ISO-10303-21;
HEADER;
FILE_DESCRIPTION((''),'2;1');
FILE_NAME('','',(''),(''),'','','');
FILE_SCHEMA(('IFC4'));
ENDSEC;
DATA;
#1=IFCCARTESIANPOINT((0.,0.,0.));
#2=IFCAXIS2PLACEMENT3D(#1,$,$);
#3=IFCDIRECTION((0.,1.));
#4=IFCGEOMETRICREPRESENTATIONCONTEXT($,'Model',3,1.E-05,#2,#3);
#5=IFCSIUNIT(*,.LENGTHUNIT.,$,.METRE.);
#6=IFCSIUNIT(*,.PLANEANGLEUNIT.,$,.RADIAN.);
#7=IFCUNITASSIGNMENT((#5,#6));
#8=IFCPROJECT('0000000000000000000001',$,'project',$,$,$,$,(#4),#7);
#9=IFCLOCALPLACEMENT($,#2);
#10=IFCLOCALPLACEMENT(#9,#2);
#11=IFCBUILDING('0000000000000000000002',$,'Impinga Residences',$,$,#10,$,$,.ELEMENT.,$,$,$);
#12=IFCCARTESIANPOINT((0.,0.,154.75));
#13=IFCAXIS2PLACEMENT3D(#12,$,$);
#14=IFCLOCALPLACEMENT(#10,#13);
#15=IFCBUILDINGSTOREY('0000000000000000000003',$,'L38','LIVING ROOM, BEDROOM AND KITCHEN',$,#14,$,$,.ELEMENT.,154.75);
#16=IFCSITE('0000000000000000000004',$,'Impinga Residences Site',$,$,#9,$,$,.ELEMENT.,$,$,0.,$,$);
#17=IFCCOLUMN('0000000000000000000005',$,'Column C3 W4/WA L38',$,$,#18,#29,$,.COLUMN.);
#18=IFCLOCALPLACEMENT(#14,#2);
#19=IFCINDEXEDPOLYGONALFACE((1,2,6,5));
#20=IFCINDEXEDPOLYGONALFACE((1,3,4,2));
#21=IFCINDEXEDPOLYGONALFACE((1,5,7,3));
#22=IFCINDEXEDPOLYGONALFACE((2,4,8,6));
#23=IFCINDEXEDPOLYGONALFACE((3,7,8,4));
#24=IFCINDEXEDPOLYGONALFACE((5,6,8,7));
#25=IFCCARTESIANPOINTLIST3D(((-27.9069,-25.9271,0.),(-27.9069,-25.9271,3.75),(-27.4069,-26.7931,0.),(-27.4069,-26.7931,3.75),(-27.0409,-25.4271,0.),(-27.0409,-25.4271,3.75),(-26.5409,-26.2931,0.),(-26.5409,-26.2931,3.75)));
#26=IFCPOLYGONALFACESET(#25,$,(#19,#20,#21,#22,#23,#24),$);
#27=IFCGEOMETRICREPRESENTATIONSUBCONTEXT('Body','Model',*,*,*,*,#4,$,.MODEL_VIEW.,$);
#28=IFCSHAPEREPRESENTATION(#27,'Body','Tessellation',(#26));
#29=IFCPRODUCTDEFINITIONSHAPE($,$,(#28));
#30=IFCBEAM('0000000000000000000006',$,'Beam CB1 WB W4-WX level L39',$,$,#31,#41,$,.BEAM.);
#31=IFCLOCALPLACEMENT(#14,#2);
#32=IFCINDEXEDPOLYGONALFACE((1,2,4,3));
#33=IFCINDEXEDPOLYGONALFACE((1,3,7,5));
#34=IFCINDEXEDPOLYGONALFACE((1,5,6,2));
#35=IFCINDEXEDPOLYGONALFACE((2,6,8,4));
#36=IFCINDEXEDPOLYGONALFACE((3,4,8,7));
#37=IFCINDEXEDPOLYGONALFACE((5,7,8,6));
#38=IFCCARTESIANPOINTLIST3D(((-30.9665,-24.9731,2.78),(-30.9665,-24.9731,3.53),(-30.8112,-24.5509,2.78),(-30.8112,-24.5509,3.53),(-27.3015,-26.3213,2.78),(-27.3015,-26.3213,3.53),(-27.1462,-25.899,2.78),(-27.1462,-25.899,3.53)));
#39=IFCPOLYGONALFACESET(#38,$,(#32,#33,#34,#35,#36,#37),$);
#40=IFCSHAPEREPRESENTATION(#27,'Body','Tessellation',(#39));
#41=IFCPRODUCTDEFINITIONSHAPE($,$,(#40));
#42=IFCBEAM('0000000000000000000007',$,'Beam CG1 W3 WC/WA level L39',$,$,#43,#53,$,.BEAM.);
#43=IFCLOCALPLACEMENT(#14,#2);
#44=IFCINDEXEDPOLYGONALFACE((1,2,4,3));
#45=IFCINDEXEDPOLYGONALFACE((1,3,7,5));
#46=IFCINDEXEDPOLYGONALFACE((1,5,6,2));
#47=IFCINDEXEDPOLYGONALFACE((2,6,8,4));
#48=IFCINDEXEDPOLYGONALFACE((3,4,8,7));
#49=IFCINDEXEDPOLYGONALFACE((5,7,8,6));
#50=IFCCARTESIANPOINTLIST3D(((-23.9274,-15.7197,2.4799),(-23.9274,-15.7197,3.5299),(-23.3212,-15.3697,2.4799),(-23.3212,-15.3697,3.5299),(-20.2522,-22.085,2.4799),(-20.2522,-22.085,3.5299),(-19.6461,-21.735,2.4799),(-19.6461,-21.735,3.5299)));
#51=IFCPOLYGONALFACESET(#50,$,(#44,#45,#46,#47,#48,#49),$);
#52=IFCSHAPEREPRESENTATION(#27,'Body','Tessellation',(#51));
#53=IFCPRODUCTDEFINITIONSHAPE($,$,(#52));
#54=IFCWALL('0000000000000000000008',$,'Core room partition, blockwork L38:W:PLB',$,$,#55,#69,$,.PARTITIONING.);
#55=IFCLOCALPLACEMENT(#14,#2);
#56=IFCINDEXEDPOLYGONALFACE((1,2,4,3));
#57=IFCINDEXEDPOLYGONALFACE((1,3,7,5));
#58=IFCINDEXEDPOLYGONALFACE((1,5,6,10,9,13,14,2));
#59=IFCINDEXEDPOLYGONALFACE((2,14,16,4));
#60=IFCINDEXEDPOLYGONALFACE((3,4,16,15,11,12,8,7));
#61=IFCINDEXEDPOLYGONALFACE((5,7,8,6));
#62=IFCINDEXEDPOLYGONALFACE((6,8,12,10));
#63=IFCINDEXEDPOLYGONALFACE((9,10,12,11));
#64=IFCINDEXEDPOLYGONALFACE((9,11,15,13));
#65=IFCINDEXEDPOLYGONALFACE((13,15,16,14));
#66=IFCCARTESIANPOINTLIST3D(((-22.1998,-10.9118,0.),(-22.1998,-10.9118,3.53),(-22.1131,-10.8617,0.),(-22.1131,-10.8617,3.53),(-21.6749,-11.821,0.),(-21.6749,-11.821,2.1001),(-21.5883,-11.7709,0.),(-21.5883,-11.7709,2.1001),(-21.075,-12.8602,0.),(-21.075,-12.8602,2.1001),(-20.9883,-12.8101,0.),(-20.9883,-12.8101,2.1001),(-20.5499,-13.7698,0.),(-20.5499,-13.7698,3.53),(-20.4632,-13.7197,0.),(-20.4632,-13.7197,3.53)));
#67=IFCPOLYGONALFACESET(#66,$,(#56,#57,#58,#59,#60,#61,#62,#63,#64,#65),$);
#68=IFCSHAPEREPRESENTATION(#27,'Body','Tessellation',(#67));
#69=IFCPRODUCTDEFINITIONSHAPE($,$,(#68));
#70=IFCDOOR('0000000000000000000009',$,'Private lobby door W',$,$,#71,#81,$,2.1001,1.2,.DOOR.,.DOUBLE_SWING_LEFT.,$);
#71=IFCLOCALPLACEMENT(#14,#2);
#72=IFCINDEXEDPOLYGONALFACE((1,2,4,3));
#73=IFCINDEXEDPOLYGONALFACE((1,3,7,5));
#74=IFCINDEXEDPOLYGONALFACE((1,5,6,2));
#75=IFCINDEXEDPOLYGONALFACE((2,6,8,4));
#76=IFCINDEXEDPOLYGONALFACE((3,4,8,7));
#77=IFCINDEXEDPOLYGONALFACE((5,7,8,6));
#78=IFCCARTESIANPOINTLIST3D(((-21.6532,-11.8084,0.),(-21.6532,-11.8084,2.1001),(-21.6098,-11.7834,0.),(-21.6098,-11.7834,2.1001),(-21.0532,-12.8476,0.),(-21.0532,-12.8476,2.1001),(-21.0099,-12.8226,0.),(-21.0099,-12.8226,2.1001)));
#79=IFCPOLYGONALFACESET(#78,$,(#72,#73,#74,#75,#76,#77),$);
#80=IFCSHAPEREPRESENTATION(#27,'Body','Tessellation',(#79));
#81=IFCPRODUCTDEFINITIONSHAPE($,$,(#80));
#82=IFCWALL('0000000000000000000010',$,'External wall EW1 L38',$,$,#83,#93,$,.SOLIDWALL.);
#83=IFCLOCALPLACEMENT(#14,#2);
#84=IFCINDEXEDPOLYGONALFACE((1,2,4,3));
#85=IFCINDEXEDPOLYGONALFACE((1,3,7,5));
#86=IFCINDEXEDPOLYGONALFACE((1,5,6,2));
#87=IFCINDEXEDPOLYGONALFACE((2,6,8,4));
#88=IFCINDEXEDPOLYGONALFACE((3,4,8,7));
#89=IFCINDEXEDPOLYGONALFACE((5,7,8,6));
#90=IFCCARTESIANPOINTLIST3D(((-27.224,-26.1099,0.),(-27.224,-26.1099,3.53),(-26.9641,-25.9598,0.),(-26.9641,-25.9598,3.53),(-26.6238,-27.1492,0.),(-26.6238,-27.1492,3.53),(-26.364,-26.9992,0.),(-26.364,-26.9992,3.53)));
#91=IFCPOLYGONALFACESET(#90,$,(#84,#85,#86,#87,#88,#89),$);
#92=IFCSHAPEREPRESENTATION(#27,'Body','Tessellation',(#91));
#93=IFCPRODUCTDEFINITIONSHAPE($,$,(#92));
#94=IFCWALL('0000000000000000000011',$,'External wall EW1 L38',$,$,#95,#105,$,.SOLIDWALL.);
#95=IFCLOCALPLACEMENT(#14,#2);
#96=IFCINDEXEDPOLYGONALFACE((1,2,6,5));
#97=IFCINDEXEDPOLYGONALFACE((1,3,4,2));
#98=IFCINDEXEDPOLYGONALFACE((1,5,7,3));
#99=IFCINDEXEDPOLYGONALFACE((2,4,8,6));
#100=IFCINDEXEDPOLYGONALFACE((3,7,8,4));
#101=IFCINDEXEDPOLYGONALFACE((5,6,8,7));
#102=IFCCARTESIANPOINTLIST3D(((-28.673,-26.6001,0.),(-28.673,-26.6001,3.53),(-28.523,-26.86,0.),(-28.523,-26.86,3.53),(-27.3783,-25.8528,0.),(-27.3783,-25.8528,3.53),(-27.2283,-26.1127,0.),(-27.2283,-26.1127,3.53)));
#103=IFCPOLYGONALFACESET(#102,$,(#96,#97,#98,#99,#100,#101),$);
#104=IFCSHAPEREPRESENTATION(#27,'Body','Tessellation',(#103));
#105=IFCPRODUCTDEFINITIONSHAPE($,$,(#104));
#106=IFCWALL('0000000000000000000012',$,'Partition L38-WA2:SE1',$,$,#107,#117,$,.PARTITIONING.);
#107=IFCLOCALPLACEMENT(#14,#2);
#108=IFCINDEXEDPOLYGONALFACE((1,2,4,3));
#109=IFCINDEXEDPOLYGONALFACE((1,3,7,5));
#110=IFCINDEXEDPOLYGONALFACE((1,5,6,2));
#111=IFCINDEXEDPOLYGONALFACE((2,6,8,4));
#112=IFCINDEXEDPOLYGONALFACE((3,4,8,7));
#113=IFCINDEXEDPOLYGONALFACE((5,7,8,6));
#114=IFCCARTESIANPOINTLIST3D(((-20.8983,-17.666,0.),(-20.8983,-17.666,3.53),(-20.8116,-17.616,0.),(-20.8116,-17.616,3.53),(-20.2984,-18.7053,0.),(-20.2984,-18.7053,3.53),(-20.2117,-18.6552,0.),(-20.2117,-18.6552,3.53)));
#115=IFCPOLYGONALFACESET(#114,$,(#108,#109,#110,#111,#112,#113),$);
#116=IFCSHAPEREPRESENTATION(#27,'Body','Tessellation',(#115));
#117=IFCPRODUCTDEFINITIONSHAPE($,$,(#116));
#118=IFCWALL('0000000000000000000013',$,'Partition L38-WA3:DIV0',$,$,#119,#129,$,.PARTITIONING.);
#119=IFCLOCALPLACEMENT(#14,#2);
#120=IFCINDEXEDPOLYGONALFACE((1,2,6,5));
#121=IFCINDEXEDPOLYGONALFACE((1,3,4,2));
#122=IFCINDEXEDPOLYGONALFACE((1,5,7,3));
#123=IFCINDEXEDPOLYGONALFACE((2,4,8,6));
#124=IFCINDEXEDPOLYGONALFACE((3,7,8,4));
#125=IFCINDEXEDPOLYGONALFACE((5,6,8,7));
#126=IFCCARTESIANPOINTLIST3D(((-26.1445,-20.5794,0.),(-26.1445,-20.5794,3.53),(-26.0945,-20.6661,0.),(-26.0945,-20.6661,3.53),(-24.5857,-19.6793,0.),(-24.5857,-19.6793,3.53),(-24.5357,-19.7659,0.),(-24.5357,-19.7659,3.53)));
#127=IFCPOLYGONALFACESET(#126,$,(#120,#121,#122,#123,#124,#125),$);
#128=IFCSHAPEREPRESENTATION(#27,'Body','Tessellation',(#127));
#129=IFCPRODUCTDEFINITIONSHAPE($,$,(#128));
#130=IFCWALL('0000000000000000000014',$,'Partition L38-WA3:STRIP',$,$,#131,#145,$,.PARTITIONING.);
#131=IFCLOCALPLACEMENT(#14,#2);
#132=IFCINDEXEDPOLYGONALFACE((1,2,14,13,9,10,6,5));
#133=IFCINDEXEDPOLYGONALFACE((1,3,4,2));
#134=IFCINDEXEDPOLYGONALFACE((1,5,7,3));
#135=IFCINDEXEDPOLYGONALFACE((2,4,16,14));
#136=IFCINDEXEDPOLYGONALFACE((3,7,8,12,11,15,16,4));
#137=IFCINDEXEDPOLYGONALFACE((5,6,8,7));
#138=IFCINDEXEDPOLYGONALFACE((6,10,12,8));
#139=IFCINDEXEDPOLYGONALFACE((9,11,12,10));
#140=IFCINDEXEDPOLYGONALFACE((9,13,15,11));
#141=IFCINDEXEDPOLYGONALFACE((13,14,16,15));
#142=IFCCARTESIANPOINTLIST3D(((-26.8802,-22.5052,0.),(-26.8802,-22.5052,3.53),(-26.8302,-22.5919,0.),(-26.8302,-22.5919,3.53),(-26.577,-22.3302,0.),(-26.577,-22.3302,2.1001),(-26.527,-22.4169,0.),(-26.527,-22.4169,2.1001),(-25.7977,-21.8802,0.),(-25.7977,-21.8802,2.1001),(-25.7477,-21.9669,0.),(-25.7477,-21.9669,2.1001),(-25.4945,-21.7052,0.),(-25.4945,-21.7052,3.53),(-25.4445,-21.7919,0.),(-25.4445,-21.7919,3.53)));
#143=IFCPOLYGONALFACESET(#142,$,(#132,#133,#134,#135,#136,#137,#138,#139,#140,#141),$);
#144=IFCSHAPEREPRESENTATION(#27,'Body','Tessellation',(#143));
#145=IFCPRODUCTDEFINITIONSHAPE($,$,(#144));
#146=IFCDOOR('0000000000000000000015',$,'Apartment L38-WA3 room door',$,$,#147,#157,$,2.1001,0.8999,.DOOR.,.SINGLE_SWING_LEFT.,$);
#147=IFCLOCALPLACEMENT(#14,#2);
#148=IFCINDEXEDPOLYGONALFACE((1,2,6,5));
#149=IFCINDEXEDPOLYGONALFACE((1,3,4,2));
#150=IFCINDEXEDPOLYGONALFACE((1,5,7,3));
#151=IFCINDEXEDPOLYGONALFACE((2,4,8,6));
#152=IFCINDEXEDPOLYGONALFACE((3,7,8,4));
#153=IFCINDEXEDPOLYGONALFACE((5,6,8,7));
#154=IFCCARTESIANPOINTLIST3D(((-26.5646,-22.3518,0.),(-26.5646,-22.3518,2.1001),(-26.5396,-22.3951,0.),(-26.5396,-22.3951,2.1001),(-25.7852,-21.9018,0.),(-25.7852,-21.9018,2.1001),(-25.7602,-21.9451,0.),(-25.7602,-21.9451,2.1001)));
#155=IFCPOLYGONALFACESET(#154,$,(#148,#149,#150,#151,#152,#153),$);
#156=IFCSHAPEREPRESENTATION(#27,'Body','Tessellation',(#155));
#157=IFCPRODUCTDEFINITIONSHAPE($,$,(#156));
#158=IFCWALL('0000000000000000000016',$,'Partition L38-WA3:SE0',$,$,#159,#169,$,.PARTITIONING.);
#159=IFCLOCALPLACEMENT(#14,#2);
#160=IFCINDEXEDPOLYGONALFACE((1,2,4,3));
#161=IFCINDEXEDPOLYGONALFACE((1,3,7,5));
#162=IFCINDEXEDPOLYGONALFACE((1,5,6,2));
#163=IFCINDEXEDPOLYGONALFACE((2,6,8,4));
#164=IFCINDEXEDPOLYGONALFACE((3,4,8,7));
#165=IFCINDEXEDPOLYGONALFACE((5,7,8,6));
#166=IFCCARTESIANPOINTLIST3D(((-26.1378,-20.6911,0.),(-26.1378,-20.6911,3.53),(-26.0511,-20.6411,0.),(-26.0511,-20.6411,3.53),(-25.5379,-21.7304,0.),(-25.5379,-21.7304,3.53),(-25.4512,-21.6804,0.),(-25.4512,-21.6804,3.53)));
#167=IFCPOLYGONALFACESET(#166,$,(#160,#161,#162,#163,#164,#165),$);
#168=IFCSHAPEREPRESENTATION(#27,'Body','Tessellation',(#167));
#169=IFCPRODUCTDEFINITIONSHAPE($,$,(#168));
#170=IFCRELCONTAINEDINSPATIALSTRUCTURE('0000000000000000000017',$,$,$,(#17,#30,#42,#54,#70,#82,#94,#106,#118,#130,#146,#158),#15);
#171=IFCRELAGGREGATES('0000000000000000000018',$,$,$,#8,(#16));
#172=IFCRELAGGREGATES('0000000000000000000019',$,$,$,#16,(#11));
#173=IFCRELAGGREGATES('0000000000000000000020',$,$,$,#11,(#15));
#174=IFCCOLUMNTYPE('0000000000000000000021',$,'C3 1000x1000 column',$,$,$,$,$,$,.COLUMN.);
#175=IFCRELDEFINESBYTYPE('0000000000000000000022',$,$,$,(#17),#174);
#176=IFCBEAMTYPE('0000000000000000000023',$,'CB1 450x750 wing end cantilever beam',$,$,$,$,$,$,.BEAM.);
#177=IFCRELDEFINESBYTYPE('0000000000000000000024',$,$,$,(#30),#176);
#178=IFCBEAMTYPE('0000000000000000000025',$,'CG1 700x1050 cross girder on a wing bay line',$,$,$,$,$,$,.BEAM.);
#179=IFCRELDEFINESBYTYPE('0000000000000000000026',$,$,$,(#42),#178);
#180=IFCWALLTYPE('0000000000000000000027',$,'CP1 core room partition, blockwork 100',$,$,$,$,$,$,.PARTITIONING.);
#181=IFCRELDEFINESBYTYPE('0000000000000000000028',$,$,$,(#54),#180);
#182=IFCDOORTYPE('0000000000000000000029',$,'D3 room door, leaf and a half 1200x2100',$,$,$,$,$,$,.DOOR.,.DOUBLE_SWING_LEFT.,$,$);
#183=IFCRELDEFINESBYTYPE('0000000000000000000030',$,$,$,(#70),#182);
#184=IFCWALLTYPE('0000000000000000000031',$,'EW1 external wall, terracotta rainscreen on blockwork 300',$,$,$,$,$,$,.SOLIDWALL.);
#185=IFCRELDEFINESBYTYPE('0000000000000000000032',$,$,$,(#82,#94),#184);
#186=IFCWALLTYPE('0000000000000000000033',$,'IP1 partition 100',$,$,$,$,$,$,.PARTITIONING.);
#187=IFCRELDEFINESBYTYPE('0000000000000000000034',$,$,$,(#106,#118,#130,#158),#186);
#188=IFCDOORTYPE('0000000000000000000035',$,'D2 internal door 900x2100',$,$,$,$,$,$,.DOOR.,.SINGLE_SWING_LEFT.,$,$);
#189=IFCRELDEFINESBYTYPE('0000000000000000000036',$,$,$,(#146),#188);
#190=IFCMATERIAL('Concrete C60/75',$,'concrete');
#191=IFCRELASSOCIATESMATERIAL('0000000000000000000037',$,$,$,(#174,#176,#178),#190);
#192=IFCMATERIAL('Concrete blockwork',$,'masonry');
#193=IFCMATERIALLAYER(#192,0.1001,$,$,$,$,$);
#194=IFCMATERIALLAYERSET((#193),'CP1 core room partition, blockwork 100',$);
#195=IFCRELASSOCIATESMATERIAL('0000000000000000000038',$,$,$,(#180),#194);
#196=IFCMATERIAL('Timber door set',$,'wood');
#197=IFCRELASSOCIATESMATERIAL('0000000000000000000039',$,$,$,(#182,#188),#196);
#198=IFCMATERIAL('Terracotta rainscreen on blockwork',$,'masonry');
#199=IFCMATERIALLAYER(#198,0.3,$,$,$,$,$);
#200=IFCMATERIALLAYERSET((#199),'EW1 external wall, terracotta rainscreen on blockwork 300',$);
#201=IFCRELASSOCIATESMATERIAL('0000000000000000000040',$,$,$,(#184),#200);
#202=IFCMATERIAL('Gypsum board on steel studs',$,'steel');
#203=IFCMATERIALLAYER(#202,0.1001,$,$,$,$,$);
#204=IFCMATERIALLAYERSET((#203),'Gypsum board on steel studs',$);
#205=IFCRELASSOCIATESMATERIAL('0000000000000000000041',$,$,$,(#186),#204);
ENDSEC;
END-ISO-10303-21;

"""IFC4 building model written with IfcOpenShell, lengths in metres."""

from ifc_helpers import new_model, si_unit, direction, frame, frame_2d, origin, origin_2d, place, context, subcontext, project, spatial, rectangle, extrude, material, layer, layer_set, material_profile, profile_set, type_object, element, fill, save


model = new_model("IFC4")

# Units and contexts
model_context = context("Model", 3, precision=1e-05, world=origin(), true_north=direction((0.0, 1.0)))
body_context = subcontext(model_context, "Body", "Model", "MODEL_VIEW")
ifc_project = project(units=[si_unit("LENGTHUNIT", "METRE"), si_unit("PLANEANGLEUNIT", "RADIAN")], contexts=[model_context])

# Site, building, storey
site_placement = place(None, origin())
site = spatial("IfcSite", under=ifc_project, at=site_placement, Name="Impinga Residences Site", CompositionType="ELEMENT", RefElevation=0.0)
building_placement = place(site_placement, origin())
building = spatial("IfcBuilding", under=site, at=building_placement, Name="Impinga Residences", CompositionType="ELEMENT")
storey_placement = place(building_placement, frame((0.0, 0.0, 154.75)))
storey = spatial("IfcBuildingStorey", under=building, at=storey_placement, Name="L38", Description="LIVING ROOM, BEDROOM AND KITCHEN", CompositionType="ELEMENT", Elevation=154.75)

# Column
ifc_material_1 = material(Name="Concrete C60/75", Category="concrete")
ifc_material_profile_1 = material_profile(ifc_material_1, rectangle(XDim=1.0, YDim=1.0, at=origin_2d()), Name="RC 1000x1000")
ifc_profile_set_1 = profile_set([ifc_material_profile_1], Name="Concrete C60/75")
column_type = type_object("IfcColumnType", Name="C3 1000x1000 column", PredefinedType="COLUMN", material=ifc_profile_set_1)
column_placement = place(storey_placement, frame((-27.2239, -26.1101, 0.0), z_axis=(0.0, 0.0, 1.0), x_axis=(-0.5, 0.866025, 0.0)))
element("IfcColumn", 1, at=column_placement, inside=storey, type_object=column_type, Name="Column C3 W4/WA L38", PredefinedType="COLUMN", context=body_context, shape_type="SweptSolid", body=[
    extrude(rectangle(XDim=1.0, YDim=1.0, at=origin_2d()), origin(), (0.0, 0.0, 1.0), 3.75),
])

# Beams
ifc_material_profile_2 = material_profile(ifc_material_1, rectangle(XDim=0.45, YDim=0.75, at=origin_2d()), Name="RC 450x750")
ifc_profile_set_2 = profile_set([ifc_material_profile_2], Name="Concrete C60/75")
beam_type_1 = type_object("IfcBeamType", Name="CB1 450x750 wing end cantilever beam", PredefinedType="BEAM", material=ifc_profile_set_2)
beam_1_placement = place(storey_placement, frame((-27.2239, -26.1101, 3.155), z_axis=(-0.93852, 0.345224, 0.0), x_axis=(-0.345224, -0.93852, 0.0)))
element("IfcBeam", 2, at=beam_1_placement, inside=storey, type_object=beam_type_1, Name="Beam CB1 WB W4-WX level L39", PredefinedType="BEAM", context=body_context, shape_type="SweptSolid", body=[
    extrude(rectangle(XDim=0.45, YDim=0.75, at=origin_2d()), origin(), (0.0, 0.0, 1.0), 3.905),
])
ifc_material_profile_3 = material_profile(ifc_material_1, rectangle(XDim=0.7, YDim=1.05, at=origin_2d()), Name="RC 700x1050")
ifc_profile_set_3 = profile_set([ifc_material_profile_3], Name="Concrete C60/75")
beam_type_2 = type_object("IfcBeamType", Name="CG1 700x1050 cross girder on a wing bay line", PredefinedType="BEAM", material=ifc_profile_set_3)
beam_2_placement = place(storey_placement, frame((-23.6243, -15.5447, 3.0049), z_axis=(0.500008, -0.866021, 0.0), x_axis=(0.866021, 0.500008, 0.0)))
element("IfcBeam", 3, at=beam_2_placement, inside=storey, type_object=beam_type_2, Name="Beam CG1 W3 WC/WA level L39", PredefinedType="BEAM", context=body_context, shape_type="SweptSolid", body=[
    extrude(rectangle(XDim=0.7, YDim=1.05, at=origin_2d()), origin(), (0.0, 0.0, 1.0), 7.3501),
])

# Wall, opening, door
ifc_material_2 = material(Name="Concrete blockwork", Category="masonry")
ifc_layer_1 = layer(ifc_material_2, 0.1001)
ifc_layer_set_1 = layer_set([ifc_layer_1], Name="CP1 core room partition, blockwork 100")
wall_type_1 = type_object("IfcWallType", Name="CP1 core room partition, blockwork 100", PredefinedType="PARTITIONING", material=ifc_layer_set_1)
wall_1_placement = place(storey_placement, frame((-20.5066, -13.7446, 0.0), z_axis=(0.0, 0.0, 1.0), x_axis=(-0.499974, 0.86604, 0.0)))
wall_1 = element("IfcWall", 4, at=wall_1_placement, inside=storey, type_object=wall_type_1, Name="Core room partition, blockwork L38:W:PLB", PredefinedType="PARTITIONING", context=body_context, shape_type="SweptSolid", body=[
    extrude(rectangle(XDim=3.3, YDim=0.1001, at=frame_2d((1.6499, 0.0))), origin(), (0.0, 0.0, 1.0), 3.53),
])
opening_1_placement = place(wall_1_placement, frame((1.05, 0.0, 0.0)))
opening_1 = element("IfcOpeningElement", 5, at=opening_1_placement, cuts=wall_1, PredefinedType="OPENING", context=body_context, shape_type="SweptSolid", body=[
    extrude(rectangle(XDim=1.2, YDim=2.1001, at=frame_2d((0.6001, 1.05))), frame((0.0, 0.0601, 0.0), z_axis=(0.0, -1.0, 0.0), x_axis=(1.0, 0.0, 0.0)), (0.0, 0.0, 1.0), 0.1201),
])
ifc_material_3 = material(Name="Timber door set", Category="wood")
door_type_1 = type_object("IfcDoorType", Name="D3 room door, leaf and a half 1200x2100", OperationType="DOUBLE_SWING_LEFT", PredefinedType="DOOR", material=ifc_material_3)
door_1_placement = place(opening_1_placement, origin())
door_1 = element("IfcDoor", 6, at=door_1_placement, inside=storey, type_object=door_type_1, Name="Private lobby door W", OperationType="DOUBLE_SWING_LEFT", OverallHeight=2.1001, OverallWidth=1.2, PredefinedType="DOOR", context=body_context, shape_type="SweptSolid", body=[
    extrude(rectangle(XDim=1.2, YDim=2.1001, at=frame_2d((0.6001, 1.05))), frame((0.0, 0.0249, 0.0), z_axis=(0.0, -1.0, 0.0), x_axis=(1.0, 0.0, 0.0)), (0.0, 0.0, 1.0), 0.05),
])
fill(opening_1, door_1)

# Walls
ifc_material_4 = material(Name="Terracotta rainscreen on blockwork", Category="masonry")
ifc_layer_2 = layer(ifc_material_4, 0.3)
ifc_layer_set_2 = layer_set([ifc_layer_2], Name="EW1 external wall, terracotta rainscreen on blockwork 300")
wall_type_2 = type_object("IfcWallType", Name="EW1 external wall, terracotta rainscreen on blockwork 300", PredefinedType="SOLIDWALL", material=ifc_layer_set_2)
wall_2_placement = place(storey_placement, frame((-26.4939, -27.0742, 0.0), z_axis=(0.0, 0.0, 1.0), x_axis=(-0.500034, 0.866006, 0.0)))
element("IfcWall", 7, at=wall_2_placement, inside=storey, type_object=wall_type_2, Name="External wall EW1 L38", PredefinedType="SOLIDWALL", context=body_context, shape_type="SweptSolid", body=[
    extrude(rectangle(XDim=1.2002, YDim=0.3, at=frame_2d((0.6001, 0.0))), origin(), (0.0, 0.0, 1.0), 3.53),
])
wall_3_placement = place(storey_placement, frame((-27.3032, -25.9827, 0.0), z_axis=(0.0, 0.0, 1.0), x_axis=(-0.866074, -0.499916, 0.0)))
element("IfcWall", 8, at=wall_3_placement, inside=storey, type_object=wall_type_2, Name="External wall EW1 L38", PredefinedType="SOLIDWALL", context=body_context, shape_type="SweptSolid", body=[
    extrude(rectangle(XDim=1.4949, YDim=0.3, at=frame_2d((0.7476, 0.0))), origin(), (0.0, 0.0, 1.0), 3.53),
])
ifc_material_5 = material(Name="Gypsum board on steel studs", Category="steel")
ifc_layer_3 = layer(ifc_material_5, 0.1001)
ifc_layer_set_3 = layer_set([ifc_layer_3], Name="Gypsum board on steel studs")
wall_type_3 = type_object("IfcWallType", Name="IP1 partition 100", PredefinedType="PARTITIONING", material=ifc_layer_set_3)
wall_4_placement = place(storey_placement, frame((-20.855, -17.6409, 0.0), z_axis=(0.0, 0.0, 1.0), x_axis=(0.499881, -0.866094, 0.0)))
element("IfcWall", 9, at=wall_4_placement, inside=storey, type_object=wall_type_3, Name="Partition L38-WA2:SE1", PredefinedType="PARTITIONING", context=body_context, shape_type="SweptSolid", body=[
    extrude(rectangle(XDim=1.2, YDim=0.1001, at=frame_2d((0.6001, 0.0))), origin(), (0.0, 0.0, 1.0), 3.53),
])
wall_5_placement = place(storey_placement, frame((-24.5608, -19.7227, 0.0), z_axis=(0.0, 0.0, 1.0), x_axis=(-0.865989, -0.500063, 0.0)))
element("IfcWall", 10, at=wall_5_placement, inside=storey, type_object=wall_type_3, Name="Partition L38-WA3:DIV0", PredefinedType="PARTITIONING", context=body_context, shape_type="SweptSolid", body=[
    extrude(rectangle(XDim=1.8, YDim=0.1001, at=frame_2d((0.8999, 0.0))), origin(), (0.0, 0.0, 1.0), 3.53),
])

# Wall, opening, door
wall_6_placement = place(storey_placement, frame((-25.4695, -21.7485, 0.0), z_axis=(0.0, 0.0, 1.0), x_axis=(-0.866028, -0.499995, 0.0)))
wall_6 = element("IfcWall", 11, at=wall_6_placement, inside=storey, type_object=wall_type_3, Name="Partition L38-WA3:STRIP", PredefinedType="PARTITIONING", context=body_context, shape_type="SweptSolid", body=[
    extrude(rectangle(XDim=1.6001, YDim=0.1001, at=frame_2d((0.8, 0.0))), origin(), (0.0, 0.0, 1.0), 3.53),
])
opening_2_placement = place(wall_6_placement, frame((0.3501, 0.0, 0.0)))
opening_2 = element("IfcOpeningElement", 12, at=opening_2_placement, cuts=wall_6, PredefinedType="OPENING", context=body_context, shape_type="SweptSolid", body=[
    extrude(rectangle(XDim=0.8999, YDim=2.1001, at=frame_2d((0.45, 1.05))), frame((0.0, 0.0601, 0.0), z_axis=(0.0, -1.0, 0.0), x_axis=(1.0, 0.0, 0.0)), (0.0, 0.0, 1.0), 0.1201),
])
door_type_2 = type_object("IfcDoorType", Name="D2 internal door 900x2100", OperationType="SINGLE_SWING_LEFT", PredefinedType="DOOR", material=ifc_material_3)
door_2_placement = place(opening_2_placement, origin())
door_2 = element("IfcDoor", 13, at=door_2_placement, inside=storey, type_object=door_type_2, Name="Apartment L38-WA3 room door", OperationType="SINGLE_SWING_LEFT", OverallHeight=2.1001, OverallWidth=0.8999, PredefinedType="DOOR", context=body_context, shape_type="SweptSolid", body=[
    extrude(rectangle(XDim=0.8999, YDim=2.1001, at=frame_2d((0.45, 1.05))), frame((0.0, 0.0249, 0.0), z_axis=(0.0, -1.0, 0.0), x_axis=(1.0, 0.0, 0.0)), (0.0, 0.0, 1.0), 0.05),
])
fill(opening_2, door_2)

# Wall
wall_7_placement = place(storey_placement, frame((-26.0945, -20.666, 0.0), z_axis=(0.0, 0.0, 1.0), x_axis=(0.499881, -0.866094, 0.0)))
element("IfcWall", 14, at=wall_7_placement, inside=storey, type_object=wall_type_3, Name="Partition L38-WA3:SE0", PredefinedType="PARTITIONING", context=body_context, shape_type="SweptSolid", body=[
    extrude(rectangle(XDim=1.2, YDim=0.1001, at=frame_2d((0.6001, 0.0))), origin(), (0.0, 0.0, 1.0), 3.53),
])

save(model, "model.ifc")
